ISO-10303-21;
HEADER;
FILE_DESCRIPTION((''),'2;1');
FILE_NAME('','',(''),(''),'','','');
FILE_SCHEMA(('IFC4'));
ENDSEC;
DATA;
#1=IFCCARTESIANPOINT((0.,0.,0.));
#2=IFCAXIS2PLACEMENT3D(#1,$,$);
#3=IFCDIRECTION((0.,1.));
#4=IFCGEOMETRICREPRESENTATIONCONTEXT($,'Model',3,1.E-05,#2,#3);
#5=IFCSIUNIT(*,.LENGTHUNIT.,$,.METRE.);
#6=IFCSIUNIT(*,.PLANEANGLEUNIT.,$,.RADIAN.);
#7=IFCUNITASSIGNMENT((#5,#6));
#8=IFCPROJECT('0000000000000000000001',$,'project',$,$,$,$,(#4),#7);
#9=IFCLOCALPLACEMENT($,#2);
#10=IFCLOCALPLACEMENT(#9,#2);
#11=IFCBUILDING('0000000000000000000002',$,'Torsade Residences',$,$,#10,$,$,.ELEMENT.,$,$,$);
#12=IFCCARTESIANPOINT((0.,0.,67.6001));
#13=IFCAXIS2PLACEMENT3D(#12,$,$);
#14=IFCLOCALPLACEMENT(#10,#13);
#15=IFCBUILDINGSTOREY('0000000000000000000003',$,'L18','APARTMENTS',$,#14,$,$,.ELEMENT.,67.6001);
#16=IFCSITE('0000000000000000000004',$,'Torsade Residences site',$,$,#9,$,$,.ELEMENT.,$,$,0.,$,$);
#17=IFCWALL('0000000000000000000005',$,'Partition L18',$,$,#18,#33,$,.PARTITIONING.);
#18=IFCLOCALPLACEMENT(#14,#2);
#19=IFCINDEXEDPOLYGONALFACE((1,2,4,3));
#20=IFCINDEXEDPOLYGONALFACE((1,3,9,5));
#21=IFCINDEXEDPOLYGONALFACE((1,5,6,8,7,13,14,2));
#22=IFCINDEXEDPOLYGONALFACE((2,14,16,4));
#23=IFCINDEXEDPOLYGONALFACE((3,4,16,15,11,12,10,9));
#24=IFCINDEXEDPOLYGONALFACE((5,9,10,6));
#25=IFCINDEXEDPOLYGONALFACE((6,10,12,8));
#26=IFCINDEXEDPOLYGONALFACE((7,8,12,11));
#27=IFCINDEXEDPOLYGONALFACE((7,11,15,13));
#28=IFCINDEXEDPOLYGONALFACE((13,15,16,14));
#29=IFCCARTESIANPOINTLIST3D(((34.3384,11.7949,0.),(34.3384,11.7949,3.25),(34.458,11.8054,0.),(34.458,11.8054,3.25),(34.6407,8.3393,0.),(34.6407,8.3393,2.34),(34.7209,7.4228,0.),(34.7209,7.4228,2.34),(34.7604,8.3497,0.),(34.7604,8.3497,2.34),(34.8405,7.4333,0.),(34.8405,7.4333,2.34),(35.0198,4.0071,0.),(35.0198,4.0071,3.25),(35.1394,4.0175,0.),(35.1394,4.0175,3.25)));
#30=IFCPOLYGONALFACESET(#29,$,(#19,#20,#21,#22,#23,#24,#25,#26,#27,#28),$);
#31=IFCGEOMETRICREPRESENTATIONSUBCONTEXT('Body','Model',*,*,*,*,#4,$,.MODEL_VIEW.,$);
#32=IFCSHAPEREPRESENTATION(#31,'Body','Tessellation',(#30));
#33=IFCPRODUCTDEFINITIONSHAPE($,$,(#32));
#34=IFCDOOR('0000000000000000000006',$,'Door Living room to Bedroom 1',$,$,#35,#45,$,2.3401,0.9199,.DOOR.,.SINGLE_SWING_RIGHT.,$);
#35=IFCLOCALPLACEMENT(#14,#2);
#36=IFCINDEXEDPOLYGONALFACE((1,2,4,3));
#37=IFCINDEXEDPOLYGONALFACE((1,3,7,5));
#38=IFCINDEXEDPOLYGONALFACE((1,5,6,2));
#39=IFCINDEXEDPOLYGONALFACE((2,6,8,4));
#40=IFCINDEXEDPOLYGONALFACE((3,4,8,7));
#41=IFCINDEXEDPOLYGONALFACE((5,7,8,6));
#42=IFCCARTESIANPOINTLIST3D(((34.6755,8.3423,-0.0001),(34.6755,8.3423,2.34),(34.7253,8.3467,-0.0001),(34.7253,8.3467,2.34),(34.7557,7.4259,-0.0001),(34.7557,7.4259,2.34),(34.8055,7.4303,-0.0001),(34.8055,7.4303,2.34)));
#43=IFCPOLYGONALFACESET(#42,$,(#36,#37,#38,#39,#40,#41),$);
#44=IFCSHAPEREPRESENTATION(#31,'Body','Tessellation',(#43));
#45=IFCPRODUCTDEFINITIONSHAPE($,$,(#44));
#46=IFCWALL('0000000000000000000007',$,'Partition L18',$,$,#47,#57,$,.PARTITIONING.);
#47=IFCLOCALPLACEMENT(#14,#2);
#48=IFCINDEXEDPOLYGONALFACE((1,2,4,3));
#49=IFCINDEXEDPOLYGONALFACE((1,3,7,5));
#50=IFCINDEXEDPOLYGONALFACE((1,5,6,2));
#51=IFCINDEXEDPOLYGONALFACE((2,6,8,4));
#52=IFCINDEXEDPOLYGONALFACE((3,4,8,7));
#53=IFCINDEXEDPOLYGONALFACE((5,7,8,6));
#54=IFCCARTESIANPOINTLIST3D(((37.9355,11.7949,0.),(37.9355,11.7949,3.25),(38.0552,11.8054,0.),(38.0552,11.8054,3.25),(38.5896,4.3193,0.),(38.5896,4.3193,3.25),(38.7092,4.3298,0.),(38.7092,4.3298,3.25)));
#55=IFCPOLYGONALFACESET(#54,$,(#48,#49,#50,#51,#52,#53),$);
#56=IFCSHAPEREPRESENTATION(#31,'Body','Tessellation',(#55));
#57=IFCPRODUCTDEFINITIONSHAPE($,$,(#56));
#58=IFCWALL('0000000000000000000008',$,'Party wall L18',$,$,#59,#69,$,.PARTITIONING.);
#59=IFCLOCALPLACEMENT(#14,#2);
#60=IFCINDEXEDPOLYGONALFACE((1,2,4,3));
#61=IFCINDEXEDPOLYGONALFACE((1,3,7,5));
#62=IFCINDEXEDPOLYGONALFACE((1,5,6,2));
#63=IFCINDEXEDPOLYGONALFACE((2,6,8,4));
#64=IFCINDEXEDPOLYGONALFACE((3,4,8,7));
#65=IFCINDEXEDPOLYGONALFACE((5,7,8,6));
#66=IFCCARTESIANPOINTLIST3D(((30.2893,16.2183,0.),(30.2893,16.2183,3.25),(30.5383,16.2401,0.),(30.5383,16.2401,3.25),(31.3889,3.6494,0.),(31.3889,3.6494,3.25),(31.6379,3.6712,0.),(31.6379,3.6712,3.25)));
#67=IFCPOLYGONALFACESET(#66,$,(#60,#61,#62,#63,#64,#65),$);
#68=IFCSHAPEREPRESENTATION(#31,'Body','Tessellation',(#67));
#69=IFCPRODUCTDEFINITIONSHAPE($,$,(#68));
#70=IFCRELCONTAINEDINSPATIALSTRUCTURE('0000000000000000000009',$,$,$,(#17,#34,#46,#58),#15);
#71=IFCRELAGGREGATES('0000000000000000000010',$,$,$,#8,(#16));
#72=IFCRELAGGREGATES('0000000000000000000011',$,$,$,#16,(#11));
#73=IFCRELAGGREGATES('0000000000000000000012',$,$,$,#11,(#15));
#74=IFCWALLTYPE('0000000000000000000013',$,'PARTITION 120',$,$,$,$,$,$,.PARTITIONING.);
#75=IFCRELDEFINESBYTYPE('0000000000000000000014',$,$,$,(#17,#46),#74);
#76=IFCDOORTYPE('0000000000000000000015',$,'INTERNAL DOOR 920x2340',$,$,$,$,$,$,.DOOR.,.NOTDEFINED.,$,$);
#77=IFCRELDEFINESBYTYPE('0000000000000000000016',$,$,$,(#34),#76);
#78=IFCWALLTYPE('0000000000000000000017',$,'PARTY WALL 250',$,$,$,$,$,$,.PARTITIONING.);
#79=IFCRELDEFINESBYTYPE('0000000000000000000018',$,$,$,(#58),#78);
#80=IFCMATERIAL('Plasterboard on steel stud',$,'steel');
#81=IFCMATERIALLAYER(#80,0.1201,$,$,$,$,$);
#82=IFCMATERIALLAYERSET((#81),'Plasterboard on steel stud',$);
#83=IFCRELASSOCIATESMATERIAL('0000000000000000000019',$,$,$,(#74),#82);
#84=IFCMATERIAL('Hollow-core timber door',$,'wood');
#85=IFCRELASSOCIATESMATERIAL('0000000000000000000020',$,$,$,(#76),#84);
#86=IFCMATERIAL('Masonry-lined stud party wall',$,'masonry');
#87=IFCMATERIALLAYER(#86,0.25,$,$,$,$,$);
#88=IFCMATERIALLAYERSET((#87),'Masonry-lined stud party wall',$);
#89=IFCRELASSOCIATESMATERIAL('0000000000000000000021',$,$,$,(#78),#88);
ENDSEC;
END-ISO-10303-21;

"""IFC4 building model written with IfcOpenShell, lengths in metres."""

from ifc_helpers import new_model, si_unit, direction, frame, frame_2d, origin, place, context, subcontext, project, spatial, rectangle, extrude, material, layer, layer_set, type_object, element, fill, save


model = new_model("IFC4")

# Units and contexts
model_context = context("Model", 3, precision=1e-05, world=origin(), true_north=direction((0.0, 1.0)))
body_context = subcontext(model_context, "Body", "Model", "MODEL_VIEW")
ifc_project = project(units=[si_unit("LENGTHUNIT", "METRE"), si_unit("PLANEANGLEUNIT", "RADIAN")], contexts=[model_context])

# Site, building, storey
site_placement = place(None, origin())
site = spatial("IfcSite", under=ifc_project, at=site_placement, Name="Torsade Residences site", CompositionType="ELEMENT", RefElevation=0.0)
building_placement = place(site_placement, origin())
building = spatial("IfcBuilding", under=site, at=building_placement, Name="Torsade Residences", CompositionType="ELEMENT")
storey_placement = place(building_placement, frame((0.0, 0.0, 67.6001)))
storey = spatial("IfcBuildingStorey", under=building, at=storey_placement, Name="L18", Description="APARTMENTS", CompositionType="ELEMENT", Elevation=67.6001)

# Shared definitions
ifc_material_1 = material(Name="Plasterboard on steel stud", Category="steel")
ifc_layer_1 = layer(ifc_material_1, 0.1201)
ifc_layer_set_1 = layer_set([ifc_layer_1], Name="Plasterboard on steel stud")
wall_type_1 = type_object("IfcWallType", Name="PARTITION 120", PredefinedType="PARTITIONING", material=ifc_layer_set_1)
ifc_material_2 = material(Name="Hollow-core timber door", Category="wood")
door_type_1 = type_object("IfcDoorType", Name="INTERNAL DOOR 920x2340", OperationType="NOTDEFINED", PredefinedType="DOOR", material=ifc_material_2)

# Wall, opening, door
wall_1_placement = place(storey_placement, frame((34.3982, 11.8, 0.0), z_axis=(0.0, 0.0, 1.0), x_axis=(0.087162, -0.996194, 0.0)))
wall_1 = element("IfcWall", 1, at=wall_1_placement, inside=storey, type_object=wall_type_1, Name="Partition L18", PredefinedType="PARTITIONING", context=body_context, shape_type="SweptSolid", body=[
    extrude(rectangle(XDim=7.8176, YDim=0.1201, at=frame_2d((3.9087, 0.0))), origin(), (0.0, 0.0, 1.0), 3.25),
])
opening_1_placement = place(wall_1_placement, frame((3.4688, 0.0, 0.0)))
opening_1 = element("IfcOpeningElement", 2, at=opening_1_placement, cuts=wall_1, PredefinedType="OPENING", context=body_context, shape_type="SweptSolid", body=[
    extrude(rectangle(XDim=0.9199, YDim=2.3401, at=frame_2d((0.46, 1.1699))), frame((0.0, 0.0701, 0.0), z_axis=(0.0, -1.0, 0.0), x_axis=(1.0, 0.0, 0.0)), (0.0, 0.0, 1.0), 0.1401),
])
door_1_placement = place(opening_1_placement, origin())
door_1 = element("IfcDoor", 3, at=door_1_placement, inside=storey, type_object=door_type_1, Name="Door Living room to Bedroom 1", OperationType="SINGLE_SWING_RIGHT", OverallHeight=2.3401, OverallWidth=0.9199, PredefinedType="DOOR", context=body_context, shape_type="SweptSolid", body=[
    extrude(rectangle(XDim=0.9199, YDim=2.3401, at=frame_2d((0.46, 1.1699))), frame((0.0, 0.0249, 0.0), z_axis=(0.0, -1.0, 0.0), x_axis=(1.0, 0.0, 0.0)), (0.0, 0.0, 1.0), 0.05),
])
fill(opening_1, door_1)

# Walls
wall_2_placement = place(storey_placement, frame((37.9954, 11.8, 0.0), z_axis=(0.0, 0.0, 1.0), x_axis=(0.087159, -0.996194, 0.0)))
element("IfcWall", 4, at=wall_2_placement, inside=storey, type_object=wall_type_1, Name="Partition L18", PredefinedType="PARTITIONING", context=body_context, shape_type="SweptSolid", body=[
    extrude(rectangle(XDim=7.5042, YDim=0.1201, at=frame_2d((3.752, 0.0))), origin(), (0.0, 0.0, 1.0), 3.25),
])
ifc_material_3 = material(Name="Masonry-lined stud party wall", Category="masonry")
ifc_layer_2 = layer(ifc_material_3, 0.25)
ifc_layer_set_2 = layer_set([ifc_layer_2], Name="Masonry-lined stud party wall")
wall_type_2 = type_object("IfcWallType", Name="PARTY WALL 250", PredefinedType="PARTITIONING", material=ifc_layer_set_2)
wall_3_placement = place(storey_placement, frame((31.5134, 3.6602, 0.0), z_axis=(0.0, 0.0, 1.0), x_axis=(-0.087154, 0.996195, 0.0)))
element("IfcWall", 5, at=wall_3_placement, inside=storey, type_object=wall_type_2, Name="Party wall L18", PredefinedType="PARTITIONING", context=body_context, shape_type="SweptSolid", body=[
    extrude(rectangle(XDim=12.6169, YDim=0.25, at=frame_2d((6.3086, 0.0))), origin(), (0.0, 0.0, 1.0), 3.25),
])

save(model, "model.ifc")
